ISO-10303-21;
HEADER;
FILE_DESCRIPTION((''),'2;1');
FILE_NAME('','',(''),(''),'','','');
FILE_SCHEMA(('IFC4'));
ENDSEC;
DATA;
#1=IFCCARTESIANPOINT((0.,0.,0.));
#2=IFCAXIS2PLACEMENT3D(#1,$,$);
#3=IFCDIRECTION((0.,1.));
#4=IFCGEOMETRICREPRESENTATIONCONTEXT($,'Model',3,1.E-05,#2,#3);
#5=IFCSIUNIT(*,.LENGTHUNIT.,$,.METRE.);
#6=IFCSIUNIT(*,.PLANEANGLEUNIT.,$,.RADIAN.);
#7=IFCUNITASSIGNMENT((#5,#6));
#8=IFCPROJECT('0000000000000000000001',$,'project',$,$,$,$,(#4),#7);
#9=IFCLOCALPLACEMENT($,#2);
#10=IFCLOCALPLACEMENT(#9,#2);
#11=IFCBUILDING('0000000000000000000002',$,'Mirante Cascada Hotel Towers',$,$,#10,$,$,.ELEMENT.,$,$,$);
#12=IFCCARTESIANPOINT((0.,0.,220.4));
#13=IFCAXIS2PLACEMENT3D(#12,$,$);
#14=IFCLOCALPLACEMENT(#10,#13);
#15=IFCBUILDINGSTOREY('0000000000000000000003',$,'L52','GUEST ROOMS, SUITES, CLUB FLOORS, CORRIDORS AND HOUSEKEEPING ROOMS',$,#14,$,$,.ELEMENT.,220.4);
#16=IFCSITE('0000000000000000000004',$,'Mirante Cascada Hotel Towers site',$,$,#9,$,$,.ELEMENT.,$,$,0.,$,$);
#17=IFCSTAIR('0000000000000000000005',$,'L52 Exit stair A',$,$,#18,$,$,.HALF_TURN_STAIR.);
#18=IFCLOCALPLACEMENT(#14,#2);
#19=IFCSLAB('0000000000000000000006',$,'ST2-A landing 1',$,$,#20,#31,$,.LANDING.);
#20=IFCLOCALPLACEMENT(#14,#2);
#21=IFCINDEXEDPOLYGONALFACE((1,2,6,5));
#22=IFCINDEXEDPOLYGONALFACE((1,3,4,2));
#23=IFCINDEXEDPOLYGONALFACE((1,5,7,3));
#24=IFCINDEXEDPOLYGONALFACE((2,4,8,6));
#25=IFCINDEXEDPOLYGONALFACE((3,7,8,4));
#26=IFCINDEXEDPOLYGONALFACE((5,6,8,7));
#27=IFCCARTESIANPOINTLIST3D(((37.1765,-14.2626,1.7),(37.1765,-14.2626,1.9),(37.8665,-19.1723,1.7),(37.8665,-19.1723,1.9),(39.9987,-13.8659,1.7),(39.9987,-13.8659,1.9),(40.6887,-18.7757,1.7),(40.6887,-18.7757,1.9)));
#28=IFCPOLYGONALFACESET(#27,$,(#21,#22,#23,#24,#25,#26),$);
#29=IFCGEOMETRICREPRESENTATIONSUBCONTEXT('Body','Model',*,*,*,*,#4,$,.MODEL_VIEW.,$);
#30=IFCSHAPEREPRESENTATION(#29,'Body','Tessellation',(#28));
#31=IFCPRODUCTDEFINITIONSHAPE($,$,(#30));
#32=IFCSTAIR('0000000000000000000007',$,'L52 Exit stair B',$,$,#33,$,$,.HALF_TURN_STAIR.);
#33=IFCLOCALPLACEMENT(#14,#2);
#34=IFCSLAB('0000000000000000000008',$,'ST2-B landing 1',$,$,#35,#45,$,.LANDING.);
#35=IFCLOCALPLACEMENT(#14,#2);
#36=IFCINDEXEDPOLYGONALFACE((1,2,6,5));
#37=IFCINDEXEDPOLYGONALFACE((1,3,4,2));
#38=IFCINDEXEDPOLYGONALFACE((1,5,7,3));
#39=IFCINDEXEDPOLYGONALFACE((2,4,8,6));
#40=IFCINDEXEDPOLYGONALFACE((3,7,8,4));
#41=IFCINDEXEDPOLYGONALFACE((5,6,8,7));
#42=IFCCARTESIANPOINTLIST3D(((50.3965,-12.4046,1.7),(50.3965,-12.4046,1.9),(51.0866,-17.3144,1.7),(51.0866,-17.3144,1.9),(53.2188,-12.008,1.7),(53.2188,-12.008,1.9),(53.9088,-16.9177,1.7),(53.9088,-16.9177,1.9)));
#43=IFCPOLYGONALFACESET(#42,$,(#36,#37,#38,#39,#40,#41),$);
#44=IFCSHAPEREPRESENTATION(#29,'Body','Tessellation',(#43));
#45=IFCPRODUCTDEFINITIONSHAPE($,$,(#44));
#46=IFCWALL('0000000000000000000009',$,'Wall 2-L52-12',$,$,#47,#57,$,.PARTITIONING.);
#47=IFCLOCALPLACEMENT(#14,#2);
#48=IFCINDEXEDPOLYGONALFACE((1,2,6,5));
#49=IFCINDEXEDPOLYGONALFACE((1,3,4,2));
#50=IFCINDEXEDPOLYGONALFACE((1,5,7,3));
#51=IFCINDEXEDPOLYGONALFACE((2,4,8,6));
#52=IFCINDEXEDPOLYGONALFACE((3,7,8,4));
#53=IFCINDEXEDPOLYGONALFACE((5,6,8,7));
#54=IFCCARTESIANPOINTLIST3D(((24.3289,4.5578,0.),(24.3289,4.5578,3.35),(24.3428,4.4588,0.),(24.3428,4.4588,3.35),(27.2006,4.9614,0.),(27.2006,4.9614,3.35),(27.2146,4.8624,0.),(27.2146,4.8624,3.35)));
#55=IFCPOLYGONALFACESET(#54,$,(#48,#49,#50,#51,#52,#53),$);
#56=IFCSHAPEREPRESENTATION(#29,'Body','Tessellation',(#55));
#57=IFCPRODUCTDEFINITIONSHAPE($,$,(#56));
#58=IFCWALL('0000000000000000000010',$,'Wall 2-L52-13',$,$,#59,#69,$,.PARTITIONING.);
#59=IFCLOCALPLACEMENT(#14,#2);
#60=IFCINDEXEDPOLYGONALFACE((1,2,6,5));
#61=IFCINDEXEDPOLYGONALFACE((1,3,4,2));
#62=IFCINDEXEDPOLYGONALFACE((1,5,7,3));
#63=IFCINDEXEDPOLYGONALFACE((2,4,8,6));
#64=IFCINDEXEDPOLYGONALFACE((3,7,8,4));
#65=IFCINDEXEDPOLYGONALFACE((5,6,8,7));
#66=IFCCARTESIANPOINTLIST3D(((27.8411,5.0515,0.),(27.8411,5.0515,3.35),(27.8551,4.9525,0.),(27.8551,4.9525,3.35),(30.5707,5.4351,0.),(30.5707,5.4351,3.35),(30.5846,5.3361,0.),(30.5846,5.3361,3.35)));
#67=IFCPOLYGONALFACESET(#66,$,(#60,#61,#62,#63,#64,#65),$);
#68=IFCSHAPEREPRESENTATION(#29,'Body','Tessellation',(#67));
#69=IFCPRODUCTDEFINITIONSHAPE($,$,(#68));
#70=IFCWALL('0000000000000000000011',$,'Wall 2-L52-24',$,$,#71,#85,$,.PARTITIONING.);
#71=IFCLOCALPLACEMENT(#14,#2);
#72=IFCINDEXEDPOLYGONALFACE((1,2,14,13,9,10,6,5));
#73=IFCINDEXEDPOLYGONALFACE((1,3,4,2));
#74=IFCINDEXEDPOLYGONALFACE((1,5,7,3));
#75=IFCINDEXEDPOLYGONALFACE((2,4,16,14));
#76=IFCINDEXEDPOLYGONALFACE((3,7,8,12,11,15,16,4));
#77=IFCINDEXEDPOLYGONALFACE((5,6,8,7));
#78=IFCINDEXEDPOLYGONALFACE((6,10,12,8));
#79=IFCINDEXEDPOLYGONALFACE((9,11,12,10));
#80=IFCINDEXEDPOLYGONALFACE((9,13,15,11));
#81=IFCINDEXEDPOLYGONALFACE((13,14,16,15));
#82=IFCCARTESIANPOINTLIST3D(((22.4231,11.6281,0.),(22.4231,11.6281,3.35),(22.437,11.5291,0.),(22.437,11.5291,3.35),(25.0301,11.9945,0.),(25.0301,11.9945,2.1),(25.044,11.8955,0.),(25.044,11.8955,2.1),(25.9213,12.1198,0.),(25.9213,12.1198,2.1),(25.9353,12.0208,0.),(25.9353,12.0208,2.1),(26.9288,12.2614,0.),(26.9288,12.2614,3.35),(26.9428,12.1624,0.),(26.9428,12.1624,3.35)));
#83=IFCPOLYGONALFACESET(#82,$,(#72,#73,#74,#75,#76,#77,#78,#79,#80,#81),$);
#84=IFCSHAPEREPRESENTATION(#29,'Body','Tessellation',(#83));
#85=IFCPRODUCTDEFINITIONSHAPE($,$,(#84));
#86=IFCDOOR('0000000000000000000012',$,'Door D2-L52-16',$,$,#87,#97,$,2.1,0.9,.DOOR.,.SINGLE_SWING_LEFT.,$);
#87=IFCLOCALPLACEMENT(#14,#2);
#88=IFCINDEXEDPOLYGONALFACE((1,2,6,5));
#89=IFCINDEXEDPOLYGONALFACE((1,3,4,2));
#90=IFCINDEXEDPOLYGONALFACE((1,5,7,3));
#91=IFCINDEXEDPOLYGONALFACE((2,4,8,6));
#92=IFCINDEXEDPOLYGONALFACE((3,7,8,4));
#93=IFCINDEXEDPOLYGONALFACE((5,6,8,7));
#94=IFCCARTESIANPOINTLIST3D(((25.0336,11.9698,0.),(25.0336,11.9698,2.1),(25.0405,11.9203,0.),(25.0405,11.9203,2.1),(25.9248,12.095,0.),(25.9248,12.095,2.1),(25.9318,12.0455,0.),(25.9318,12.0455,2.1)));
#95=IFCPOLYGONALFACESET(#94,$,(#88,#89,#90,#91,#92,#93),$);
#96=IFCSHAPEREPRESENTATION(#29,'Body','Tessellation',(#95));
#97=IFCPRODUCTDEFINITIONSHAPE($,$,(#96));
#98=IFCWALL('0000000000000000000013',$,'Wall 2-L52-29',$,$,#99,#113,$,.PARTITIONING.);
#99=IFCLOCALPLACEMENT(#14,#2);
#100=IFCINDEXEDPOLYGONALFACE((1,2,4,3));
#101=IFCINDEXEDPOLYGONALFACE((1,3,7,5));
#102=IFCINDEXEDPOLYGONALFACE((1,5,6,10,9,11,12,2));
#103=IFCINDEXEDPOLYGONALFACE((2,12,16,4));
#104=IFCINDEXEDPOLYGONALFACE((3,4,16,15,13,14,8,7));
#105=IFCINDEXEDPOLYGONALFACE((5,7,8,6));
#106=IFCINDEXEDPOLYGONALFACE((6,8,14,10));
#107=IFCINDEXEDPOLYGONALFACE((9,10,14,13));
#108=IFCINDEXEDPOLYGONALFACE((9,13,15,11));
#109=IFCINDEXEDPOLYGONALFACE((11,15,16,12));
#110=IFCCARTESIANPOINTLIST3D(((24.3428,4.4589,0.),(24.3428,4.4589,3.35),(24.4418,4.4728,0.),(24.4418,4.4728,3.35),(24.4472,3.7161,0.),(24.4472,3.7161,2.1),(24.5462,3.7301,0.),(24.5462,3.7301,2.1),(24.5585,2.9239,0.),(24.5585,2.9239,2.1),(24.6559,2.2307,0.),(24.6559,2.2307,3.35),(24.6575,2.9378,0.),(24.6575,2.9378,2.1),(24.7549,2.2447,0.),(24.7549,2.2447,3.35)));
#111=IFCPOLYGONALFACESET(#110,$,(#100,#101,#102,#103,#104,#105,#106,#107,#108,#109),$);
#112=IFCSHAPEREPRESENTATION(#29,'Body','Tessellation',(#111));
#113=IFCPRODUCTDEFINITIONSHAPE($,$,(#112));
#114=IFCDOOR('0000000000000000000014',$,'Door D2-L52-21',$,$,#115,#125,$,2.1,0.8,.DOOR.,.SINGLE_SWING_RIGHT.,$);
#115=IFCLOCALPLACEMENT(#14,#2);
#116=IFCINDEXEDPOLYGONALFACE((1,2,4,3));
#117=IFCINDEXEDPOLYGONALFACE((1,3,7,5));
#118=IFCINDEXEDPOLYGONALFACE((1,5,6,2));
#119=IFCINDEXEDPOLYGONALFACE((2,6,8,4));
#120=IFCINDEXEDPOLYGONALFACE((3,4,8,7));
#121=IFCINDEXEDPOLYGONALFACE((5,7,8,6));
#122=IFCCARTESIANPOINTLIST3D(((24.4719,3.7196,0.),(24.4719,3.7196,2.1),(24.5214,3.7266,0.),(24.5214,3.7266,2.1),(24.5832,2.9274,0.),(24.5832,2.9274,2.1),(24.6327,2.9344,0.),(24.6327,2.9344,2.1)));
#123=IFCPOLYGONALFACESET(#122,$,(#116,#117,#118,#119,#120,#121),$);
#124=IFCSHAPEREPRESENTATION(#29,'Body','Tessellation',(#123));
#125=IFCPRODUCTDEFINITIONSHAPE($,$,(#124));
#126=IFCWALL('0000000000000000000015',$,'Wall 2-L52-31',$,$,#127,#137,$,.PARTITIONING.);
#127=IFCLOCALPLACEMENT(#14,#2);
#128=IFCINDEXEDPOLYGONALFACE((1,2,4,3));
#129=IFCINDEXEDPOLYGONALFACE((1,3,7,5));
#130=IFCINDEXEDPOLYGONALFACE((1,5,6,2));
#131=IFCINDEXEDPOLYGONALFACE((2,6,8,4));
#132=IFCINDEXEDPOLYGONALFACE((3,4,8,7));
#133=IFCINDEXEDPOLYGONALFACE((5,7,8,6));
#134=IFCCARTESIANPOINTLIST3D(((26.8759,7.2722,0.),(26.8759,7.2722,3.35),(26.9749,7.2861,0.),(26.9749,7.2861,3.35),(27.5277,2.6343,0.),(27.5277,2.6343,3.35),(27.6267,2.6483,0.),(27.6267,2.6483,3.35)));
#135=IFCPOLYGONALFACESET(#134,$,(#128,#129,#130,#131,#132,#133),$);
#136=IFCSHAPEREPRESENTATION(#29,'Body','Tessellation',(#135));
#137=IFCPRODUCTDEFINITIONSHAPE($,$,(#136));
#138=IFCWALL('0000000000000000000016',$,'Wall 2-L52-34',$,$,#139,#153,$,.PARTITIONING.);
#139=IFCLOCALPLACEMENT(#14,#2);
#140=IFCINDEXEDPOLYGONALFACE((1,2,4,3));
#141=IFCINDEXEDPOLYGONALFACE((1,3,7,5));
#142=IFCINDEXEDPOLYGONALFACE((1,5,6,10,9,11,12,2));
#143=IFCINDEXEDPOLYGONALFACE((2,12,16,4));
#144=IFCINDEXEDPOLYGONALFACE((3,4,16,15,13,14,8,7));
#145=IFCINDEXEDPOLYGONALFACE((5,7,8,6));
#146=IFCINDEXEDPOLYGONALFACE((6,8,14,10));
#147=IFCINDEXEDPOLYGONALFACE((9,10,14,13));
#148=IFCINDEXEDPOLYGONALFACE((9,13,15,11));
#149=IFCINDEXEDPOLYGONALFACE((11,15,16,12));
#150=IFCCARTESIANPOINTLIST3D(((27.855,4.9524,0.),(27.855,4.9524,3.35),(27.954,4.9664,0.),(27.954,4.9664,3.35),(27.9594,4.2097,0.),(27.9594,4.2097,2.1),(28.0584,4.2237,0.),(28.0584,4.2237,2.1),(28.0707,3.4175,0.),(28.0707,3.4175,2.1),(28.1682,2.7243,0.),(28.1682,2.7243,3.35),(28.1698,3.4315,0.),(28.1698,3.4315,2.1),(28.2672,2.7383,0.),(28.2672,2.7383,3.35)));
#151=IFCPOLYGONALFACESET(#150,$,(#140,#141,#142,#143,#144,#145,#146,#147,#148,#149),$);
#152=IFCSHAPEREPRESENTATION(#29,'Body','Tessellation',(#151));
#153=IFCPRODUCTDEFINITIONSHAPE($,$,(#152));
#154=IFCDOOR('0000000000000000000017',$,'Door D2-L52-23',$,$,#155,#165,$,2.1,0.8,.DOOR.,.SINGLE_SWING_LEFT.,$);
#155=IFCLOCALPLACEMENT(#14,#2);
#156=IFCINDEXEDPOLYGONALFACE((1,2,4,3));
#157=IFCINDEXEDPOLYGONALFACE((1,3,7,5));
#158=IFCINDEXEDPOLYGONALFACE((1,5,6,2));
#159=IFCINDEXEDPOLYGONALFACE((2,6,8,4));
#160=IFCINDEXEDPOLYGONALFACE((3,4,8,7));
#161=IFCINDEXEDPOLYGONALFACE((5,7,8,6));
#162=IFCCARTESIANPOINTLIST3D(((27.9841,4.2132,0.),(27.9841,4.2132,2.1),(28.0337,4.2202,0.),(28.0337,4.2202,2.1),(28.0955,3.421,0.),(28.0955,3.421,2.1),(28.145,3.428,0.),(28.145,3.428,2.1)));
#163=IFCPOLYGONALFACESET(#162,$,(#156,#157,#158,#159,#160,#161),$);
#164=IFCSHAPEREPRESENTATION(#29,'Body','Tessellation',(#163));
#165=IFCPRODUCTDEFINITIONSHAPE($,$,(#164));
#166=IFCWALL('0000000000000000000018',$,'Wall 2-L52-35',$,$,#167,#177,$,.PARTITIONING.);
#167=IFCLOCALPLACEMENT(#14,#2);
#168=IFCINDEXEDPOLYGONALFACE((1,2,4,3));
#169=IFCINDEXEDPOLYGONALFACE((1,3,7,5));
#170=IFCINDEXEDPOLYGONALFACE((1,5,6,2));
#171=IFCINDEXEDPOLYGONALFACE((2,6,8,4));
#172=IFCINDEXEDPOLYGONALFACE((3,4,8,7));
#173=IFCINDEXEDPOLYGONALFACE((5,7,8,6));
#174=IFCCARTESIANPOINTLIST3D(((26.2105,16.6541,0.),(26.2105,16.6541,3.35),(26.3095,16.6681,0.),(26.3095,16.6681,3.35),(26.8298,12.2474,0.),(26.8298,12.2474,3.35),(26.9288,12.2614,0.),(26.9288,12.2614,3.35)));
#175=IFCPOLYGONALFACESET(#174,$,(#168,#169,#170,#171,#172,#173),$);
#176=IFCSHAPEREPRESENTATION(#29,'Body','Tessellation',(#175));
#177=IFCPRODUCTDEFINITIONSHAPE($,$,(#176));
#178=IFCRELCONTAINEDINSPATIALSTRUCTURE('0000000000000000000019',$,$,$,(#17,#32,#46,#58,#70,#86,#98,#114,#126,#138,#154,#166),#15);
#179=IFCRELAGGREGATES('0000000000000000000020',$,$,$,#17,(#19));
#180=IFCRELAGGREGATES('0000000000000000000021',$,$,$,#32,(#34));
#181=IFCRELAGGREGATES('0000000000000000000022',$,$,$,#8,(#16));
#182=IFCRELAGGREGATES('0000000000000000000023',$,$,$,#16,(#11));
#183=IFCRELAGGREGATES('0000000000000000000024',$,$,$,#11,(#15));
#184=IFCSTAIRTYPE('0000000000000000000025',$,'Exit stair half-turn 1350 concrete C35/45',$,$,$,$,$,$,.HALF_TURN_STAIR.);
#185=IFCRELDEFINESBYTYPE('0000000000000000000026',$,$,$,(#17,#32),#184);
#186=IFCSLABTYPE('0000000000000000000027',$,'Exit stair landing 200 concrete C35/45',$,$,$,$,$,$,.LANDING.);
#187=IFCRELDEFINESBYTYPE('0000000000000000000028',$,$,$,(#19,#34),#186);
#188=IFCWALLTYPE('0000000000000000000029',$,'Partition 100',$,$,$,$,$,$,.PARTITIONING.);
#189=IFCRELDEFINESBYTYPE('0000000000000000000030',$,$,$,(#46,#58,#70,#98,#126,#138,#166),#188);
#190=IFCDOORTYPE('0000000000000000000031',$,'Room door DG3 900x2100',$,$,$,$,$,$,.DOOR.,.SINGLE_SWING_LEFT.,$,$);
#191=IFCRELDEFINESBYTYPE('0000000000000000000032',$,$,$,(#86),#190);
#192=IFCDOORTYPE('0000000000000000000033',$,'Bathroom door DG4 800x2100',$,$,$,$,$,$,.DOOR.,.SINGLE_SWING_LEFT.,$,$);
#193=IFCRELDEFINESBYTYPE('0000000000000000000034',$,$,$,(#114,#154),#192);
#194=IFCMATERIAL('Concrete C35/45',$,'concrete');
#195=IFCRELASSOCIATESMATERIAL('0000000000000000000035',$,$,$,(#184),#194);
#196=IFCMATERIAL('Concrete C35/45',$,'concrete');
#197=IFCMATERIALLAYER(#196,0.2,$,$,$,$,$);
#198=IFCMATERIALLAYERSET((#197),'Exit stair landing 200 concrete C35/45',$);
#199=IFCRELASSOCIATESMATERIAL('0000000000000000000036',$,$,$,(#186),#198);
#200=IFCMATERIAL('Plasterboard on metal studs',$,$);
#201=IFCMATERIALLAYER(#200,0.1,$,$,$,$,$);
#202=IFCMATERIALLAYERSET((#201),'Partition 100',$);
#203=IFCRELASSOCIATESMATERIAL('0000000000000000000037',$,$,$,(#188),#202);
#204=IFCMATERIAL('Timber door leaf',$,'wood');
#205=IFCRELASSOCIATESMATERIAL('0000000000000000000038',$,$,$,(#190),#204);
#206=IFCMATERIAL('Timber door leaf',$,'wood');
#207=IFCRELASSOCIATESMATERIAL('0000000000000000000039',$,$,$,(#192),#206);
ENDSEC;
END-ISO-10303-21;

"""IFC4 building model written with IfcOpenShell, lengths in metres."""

from ifc_helpers import new_model, si_unit, direction, frame, frame_2d, origin, place, context, subcontext, project, spatial, polyline, rectangle, outline, extrude, material, layer, layer_set, type_object, element, fill, aggregate, save


model = new_model("IFC4")

# Units and contexts
model_context = context("Model", 3, precision=1e-05, world=origin(), true_north=direction((0.0, 1.0)))
body_context = subcontext(model_context, "Body", "Model", "MODEL_VIEW")
ifc_project = project(units=[si_unit("LENGTHUNIT", "METRE"), si_unit("PLANEANGLEUNIT", "RADIAN")], contexts=[model_context])

# Site, building, storey
site_placement = place(None, origin())
site = spatial("IfcSite", under=ifc_project, at=site_placement, Name="Mirante Cascada Hotel Towers site", CompositionType="ELEMENT", RefElevation=0.0)
building_placement = place(site_placement, origin())
building = spatial("IfcBuilding", under=site, at=building_placement, Name="Mirante Cascada Hotel Towers", CompositionType="ELEMENT")
storey_placement = place(building_placement, frame((0.0, 0.0, 220.4)))
storey = spatial("IfcBuildingStorey", under=building, at=storey_placement, Name="L52", Description="GUEST ROOMS, SUITES, CLUB FLOORS, CORRIDORS AND HOUSEKEEPING ROOMS", CompositionType="ELEMENT", Elevation=220.4)

# Stairs, slabs
ifc_material_1 = material(Name="Concrete C35/45", Category="concrete")
stair_type = type_object("IfcStairType", Name="Exit stair half-turn 1350 concrete C35/45", PredefinedType="HALF_TURN_STAIR", material=ifc_material_1)
ifc_material_2 = material(Name="Concrete C35/45", Category="concrete")
ifc_layer_1 = layer(ifc_material_2, 0.2)
ifc_layer_set_1 = layer_set([ifc_layer_1], Name="Exit stair landing 200 concrete C35/45")
slab_type = type_object("IfcSlabType", Name="Exit stair landing 200 concrete C35/45", PredefinedType="LANDING", material=ifc_layer_set_1)
stair_1_placement = place(storey_placement, origin())
stair_1 = element("IfcStair", 1, at=stair_1_placement, inside=storey, type_object=stair_type, Name="L52 Exit stair A", PredefinedType="HALF_TURN_STAIR")
slab_1_placement = place(storey_placement, frame((0.0, 0.0, 1.7)))
slab_1 = element("IfcSlab", 2, at=slab_1_placement, type_object=slab_type, Name="ST2-A landing 1", PredefinedType="LANDING", context=body_context, shape_type="SweptSolid", body=[
    extrude(outline(polyline([(37.1765, -14.2626), (37.8665, -19.1723), (40.6887, -18.7757), (39.9987, -13.8659), (37.1765, -14.2626)])), origin(), (0.0, 0.0, 1.0), 0.2),
])
aggregate(stair_1, [slab_1])
stair_2_placement = place(storey_placement, origin())
stair_2 = element("IfcStair", 3, at=stair_2_placement, inside=storey, type_object=stair_type, Name="L52 Exit stair B", PredefinedType="HALF_TURN_STAIR")
slab_2_placement = place(storey_placement, frame((0.0, 0.0, 1.7)))
slab_2 = element("IfcSlab", 4, at=slab_2_placement, type_object=slab_type, Name="ST2-B landing 1", PredefinedType="LANDING", context=body_context, shape_type="SweptSolid", body=[
    extrude(outline(polyline([(50.3965, -12.4046), (51.0866, -17.3144), (53.9088, -16.9177), (53.2188, -12.008), (50.3965, -12.4046)])), origin(), (0.0, 0.0, 1.0), 0.2),
])
aggregate(stair_2, [slab_2])

# Walls
ifc_material_3 = material(Name="Plasterboard on metal studs")
ifc_layer_2 = layer(ifc_material_3, 0.1)
ifc_layer_set_2 = layer_set([ifc_layer_2], Name="Partition 100")
wall_type_1 = type_object("IfcWallType", Name="Partition 100", PredefinedType="PARTITIONING", material=ifc_layer_set_2)
wall_1_placement = place(storey_placement, frame((27.2076, 4.9119, 0.0), z_axis=(0.0, 0.0, 1.0), x_axis=(-0.990268, -0.139171, 0.0)))
element("IfcWall", 5, at=wall_1_placement, inside=storey, type_object=wall_type_1, Name="Wall 2-L52-12", PredefinedType="PARTITIONING", context=body_context, shape_type="SweptSolid", body=[
    extrude(rectangle(XDim=2.9, YDim=0.1, at=frame_2d((1.45, 0.0))), origin(), (0.0, 0.0, 1.0), 3.35),
])
wall_2_placement = place(storey_placement, frame((27.8481, 5.002, 0.0), z_axis=(0.0, 0.0, 1.0), x_axis=(0.990269, 0.139166, 0.0)))
element("IfcWall", 6, at=wall_2_placement, inside=storey, type_object=wall_type_1, Name="Wall 2-L52-13", PredefinedType="PARTITIONING", context=body_context, shape_type="SweptSolid", body=[
    extrude(rectangle(XDim=2.7564, YDim=0.1, at=frame_2d((1.3782, 0.0))), origin(), (0.0, 0.0, 1.0), 3.35),
])

# Walls, openings, doors
wall_3_placement = place(storey_placement, frame((26.9358, 12.2119, 0.0), z_axis=(0.0, 0.0, 1.0), x_axis=(-0.990266, -0.139187, 0.0)))
wall_3 = element("IfcWall", 7, at=wall_3_placement, inside=storey, type_object=wall_type_1, Name="Wall 2-L52-24", PredefinedType="PARTITIONING", context=body_context, shape_type="SweptSolid", body=[
    extrude(rectangle(XDim=4.55, YDim=0.1, at=frame_2d((2.275, 0.0))), origin(), (0.0, 0.0, 1.0), 3.35),
])
opening_1_placement = place(wall_3_placement, frame((1.0174, 0.0, 0.0)))
opening_1 = element("IfcOpeningElement", 8, at=opening_1_placement, cuts=wall_3, PredefinedType="OPENING", context=body_context, shape_type="SweptSolid", body=[
    extrude(rectangle(XDim=0.9, YDim=2.1, at=frame_2d((0.45, 1.05))), frame((0.0, 0.05, 0.0), z_axis=(0.0, -1.0, 0.0), x_axis=(1.0, 0.0, 0.0)), (0.0, 0.0, 1.0), 0.1),
])
ifc_material_4 = material(Name="Timber door leaf", Category="wood")
door_type_1 = type_object("IfcDoorType", Name="Room door DG3 900x2100", OperationType="SINGLE_SWING_LEFT", PredefinedType="DOOR", material=ifc_material_4)
door_1_placement = place(opening_1_placement, origin())
door_1 = element("IfcDoor", 9, at=door_1_placement, inside=storey, type_object=door_type_1, Name="Door D2-L52-16", OperationType="SINGLE_SWING_LEFT", OverallHeight=2.1, OverallWidth=0.9, PredefinedType="DOOR", context=body_context, shape_type="SweptSolid", body=[
    extrude(rectangle(XDim=0.9, YDim=2.1, at=frame_2d((0.45, 1.05))), frame((0.0, 0.025, 0.0), z_axis=(0.0, -1.0, 0.0), x_axis=(1.0, 0.0, 0.0)), (0.0, 0.0, 1.0), 0.05),
])
fill(opening_1, door_1)
wall_4_placement = place(storey_placement, frame((24.7054, 2.2377, 0.0), z_axis=(0.0, 0.0, 1.0), x_axis=(-0.139156, 0.990271, 0.0)))
wall_4 = element("IfcWall", 10, at=wall_4_placement, inside=storey, type_object=wall_type_1, Name="Wall 2-L52-29", PredefinedType="PARTITIONING", context=body_context, shape_type="SweptSolid", body=[
    extrude(rectangle(XDim=2.25, YDim=0.1, at=frame_2d((1.125, 0.0))), origin(), (0.0, 0.0, 1.0), 3.35),
])
opening_2_placement = place(wall_4_placement, frame((0.7, 0.0, 0.0)))
opening_2 = element("IfcOpeningElement", 11, at=opening_2_placement, cuts=wall_4, PredefinedType="OPENING", context=body_context, shape_type="SweptSolid", body=[
    extrude(rectangle(XDim=0.8, YDim=2.1, at=frame_2d((0.4, 1.05))), frame((0.0, 0.05, 0.0), z_axis=(0.0, -1.0, 0.0), x_axis=(1.0, 0.0, 0.0)), (0.0, 0.0, 1.0), 0.1),
])
ifc_material_5 = material(Name="Timber door leaf", Category="wood")
door_type_2 = type_object("IfcDoorType", Name="Bathroom door DG4 800x2100", OperationType="SINGLE_SWING_LEFT", PredefinedType="DOOR", material=ifc_material_5)
door_2_placement = place(opening_2_placement, frame((0.8, 0.0, 0.0), z_axis=(0.0, 0.0, 1.0), x_axis=(-1.0, 0.0, 0.0)))
door_2 = element("IfcDoor", 12, at=door_2_placement, inside=storey, type_object=door_type_2, Name="Door D2-L52-21", OperationType="SINGLE_SWING_RIGHT", OverallHeight=2.1, OverallWidth=0.8, PredefinedType="DOOR", context=body_context, shape_type="SweptSolid", body=[
    extrude(rectangle(XDim=0.8, YDim=2.1, at=frame_2d((0.4, 1.05))), frame((0.0, 0.025, 0.0), z_axis=(0.0, -1.0, 0.0), x_axis=(1.0, 0.0, 0.0)), (0.0, 0.0, 1.0), 0.05),
])
fill(opening_2, door_2)

# Wall
wall_5_placement = place(storey_placement, frame((27.5772, 2.6413, 0.0), z_axis=(0.0, 0.0, 1.0), x_axis=(-0.139173, 0.990268, 0.0)))
element("IfcWall", 13, at=wall_5_placement, inside=storey, type_object=wall_type_1, Name="Wall 2-L52-31", PredefinedType="PARTITIONING", context=body_context, shape_type="SweptSolid", body=[
    extrude(rectangle(XDim=4.6834, YDim=0.1, at=frame_2d((2.3417, 0.0))), origin(), (0.0, 0.0, 1.0), 3.35),
])

# Wall, opening, door
wall_6_placement = place(storey_placement, frame((27.9045, 4.9594, 0.0), z_axis=(0.0, 0.0, 1.0), x_axis=(0.1392, -0.990264, 0.0)))
wall_6 = element("IfcWall", 14, at=wall_6_placement, inside=storey, type_object=wall_type_1, Name="Wall 2-L52-34", PredefinedType="PARTITIONING", context=body_context, shape_type="SweptSolid", body=[
    extrude(rectangle(XDim=2.25, YDim=0.1, at=frame_2d((1.125, 0.0))), origin(), (0.0, 0.0, 1.0), 3.35),
])
opening_3_placement = place(wall_6_placement, frame((0.75, 0.0, 0.0)))
opening_3 = element("IfcOpeningElement", 15, at=opening_3_placement, cuts=wall_6, PredefinedType="OPENING", context=body_context, shape_type="SweptSolid", body=[
    extrude(rectangle(XDim=0.8, YDim=2.1, at=frame_2d((0.4, 1.05))), frame((0.0, 0.05, 0.0), z_axis=(0.0, -1.0, 0.0), x_axis=(1.0, 0.0, 0.0)), (0.0, 0.0, 1.0), 0.1),
])
door_3_placement = place(opening_3_placement, origin())
door_3 = element("IfcDoor", 16, at=door_3_placement, inside=storey, type_object=door_type_2, Name="Door D2-L52-23", OperationType="SINGLE_SWING_LEFT", OverallHeight=2.1, OverallWidth=0.8, PredefinedType="DOOR", context=body_context, shape_type="SweptSolid", body=[
    extrude(rectangle(XDim=0.8, YDim=2.1, at=frame_2d((0.4, 1.05))), frame((0.0, 0.025, 0.0), z_axis=(0.0, -1.0, 0.0), x_axis=(1.0, 0.0, 0.0)), (0.0, 0.0, 1.0), 0.05),
])
fill(opening_3, door_3)

# Wall
wall_7_placement = place(storey_placement, frame((26.8793, 12.2544, 0.0), z_axis=(0.0, 0.0, 1.0), x_axis=(-0.139168, 0.990269, 0.0)))
element("IfcWall", 17, at=wall_7_placement, inside=storey, type_object=wall_type_1, Name="Wall 2-L52-35", PredefinedType="PARTITIONING", context=body_context, shape_type="SweptSolid", body=[
    extrude(rectangle(XDim=4.45, YDim=0.1, at=frame_2d((2.225, 0.0))), origin(), (0.0, 0.0, 1.0), 3.35),
])

save(model, "model.ifc")
